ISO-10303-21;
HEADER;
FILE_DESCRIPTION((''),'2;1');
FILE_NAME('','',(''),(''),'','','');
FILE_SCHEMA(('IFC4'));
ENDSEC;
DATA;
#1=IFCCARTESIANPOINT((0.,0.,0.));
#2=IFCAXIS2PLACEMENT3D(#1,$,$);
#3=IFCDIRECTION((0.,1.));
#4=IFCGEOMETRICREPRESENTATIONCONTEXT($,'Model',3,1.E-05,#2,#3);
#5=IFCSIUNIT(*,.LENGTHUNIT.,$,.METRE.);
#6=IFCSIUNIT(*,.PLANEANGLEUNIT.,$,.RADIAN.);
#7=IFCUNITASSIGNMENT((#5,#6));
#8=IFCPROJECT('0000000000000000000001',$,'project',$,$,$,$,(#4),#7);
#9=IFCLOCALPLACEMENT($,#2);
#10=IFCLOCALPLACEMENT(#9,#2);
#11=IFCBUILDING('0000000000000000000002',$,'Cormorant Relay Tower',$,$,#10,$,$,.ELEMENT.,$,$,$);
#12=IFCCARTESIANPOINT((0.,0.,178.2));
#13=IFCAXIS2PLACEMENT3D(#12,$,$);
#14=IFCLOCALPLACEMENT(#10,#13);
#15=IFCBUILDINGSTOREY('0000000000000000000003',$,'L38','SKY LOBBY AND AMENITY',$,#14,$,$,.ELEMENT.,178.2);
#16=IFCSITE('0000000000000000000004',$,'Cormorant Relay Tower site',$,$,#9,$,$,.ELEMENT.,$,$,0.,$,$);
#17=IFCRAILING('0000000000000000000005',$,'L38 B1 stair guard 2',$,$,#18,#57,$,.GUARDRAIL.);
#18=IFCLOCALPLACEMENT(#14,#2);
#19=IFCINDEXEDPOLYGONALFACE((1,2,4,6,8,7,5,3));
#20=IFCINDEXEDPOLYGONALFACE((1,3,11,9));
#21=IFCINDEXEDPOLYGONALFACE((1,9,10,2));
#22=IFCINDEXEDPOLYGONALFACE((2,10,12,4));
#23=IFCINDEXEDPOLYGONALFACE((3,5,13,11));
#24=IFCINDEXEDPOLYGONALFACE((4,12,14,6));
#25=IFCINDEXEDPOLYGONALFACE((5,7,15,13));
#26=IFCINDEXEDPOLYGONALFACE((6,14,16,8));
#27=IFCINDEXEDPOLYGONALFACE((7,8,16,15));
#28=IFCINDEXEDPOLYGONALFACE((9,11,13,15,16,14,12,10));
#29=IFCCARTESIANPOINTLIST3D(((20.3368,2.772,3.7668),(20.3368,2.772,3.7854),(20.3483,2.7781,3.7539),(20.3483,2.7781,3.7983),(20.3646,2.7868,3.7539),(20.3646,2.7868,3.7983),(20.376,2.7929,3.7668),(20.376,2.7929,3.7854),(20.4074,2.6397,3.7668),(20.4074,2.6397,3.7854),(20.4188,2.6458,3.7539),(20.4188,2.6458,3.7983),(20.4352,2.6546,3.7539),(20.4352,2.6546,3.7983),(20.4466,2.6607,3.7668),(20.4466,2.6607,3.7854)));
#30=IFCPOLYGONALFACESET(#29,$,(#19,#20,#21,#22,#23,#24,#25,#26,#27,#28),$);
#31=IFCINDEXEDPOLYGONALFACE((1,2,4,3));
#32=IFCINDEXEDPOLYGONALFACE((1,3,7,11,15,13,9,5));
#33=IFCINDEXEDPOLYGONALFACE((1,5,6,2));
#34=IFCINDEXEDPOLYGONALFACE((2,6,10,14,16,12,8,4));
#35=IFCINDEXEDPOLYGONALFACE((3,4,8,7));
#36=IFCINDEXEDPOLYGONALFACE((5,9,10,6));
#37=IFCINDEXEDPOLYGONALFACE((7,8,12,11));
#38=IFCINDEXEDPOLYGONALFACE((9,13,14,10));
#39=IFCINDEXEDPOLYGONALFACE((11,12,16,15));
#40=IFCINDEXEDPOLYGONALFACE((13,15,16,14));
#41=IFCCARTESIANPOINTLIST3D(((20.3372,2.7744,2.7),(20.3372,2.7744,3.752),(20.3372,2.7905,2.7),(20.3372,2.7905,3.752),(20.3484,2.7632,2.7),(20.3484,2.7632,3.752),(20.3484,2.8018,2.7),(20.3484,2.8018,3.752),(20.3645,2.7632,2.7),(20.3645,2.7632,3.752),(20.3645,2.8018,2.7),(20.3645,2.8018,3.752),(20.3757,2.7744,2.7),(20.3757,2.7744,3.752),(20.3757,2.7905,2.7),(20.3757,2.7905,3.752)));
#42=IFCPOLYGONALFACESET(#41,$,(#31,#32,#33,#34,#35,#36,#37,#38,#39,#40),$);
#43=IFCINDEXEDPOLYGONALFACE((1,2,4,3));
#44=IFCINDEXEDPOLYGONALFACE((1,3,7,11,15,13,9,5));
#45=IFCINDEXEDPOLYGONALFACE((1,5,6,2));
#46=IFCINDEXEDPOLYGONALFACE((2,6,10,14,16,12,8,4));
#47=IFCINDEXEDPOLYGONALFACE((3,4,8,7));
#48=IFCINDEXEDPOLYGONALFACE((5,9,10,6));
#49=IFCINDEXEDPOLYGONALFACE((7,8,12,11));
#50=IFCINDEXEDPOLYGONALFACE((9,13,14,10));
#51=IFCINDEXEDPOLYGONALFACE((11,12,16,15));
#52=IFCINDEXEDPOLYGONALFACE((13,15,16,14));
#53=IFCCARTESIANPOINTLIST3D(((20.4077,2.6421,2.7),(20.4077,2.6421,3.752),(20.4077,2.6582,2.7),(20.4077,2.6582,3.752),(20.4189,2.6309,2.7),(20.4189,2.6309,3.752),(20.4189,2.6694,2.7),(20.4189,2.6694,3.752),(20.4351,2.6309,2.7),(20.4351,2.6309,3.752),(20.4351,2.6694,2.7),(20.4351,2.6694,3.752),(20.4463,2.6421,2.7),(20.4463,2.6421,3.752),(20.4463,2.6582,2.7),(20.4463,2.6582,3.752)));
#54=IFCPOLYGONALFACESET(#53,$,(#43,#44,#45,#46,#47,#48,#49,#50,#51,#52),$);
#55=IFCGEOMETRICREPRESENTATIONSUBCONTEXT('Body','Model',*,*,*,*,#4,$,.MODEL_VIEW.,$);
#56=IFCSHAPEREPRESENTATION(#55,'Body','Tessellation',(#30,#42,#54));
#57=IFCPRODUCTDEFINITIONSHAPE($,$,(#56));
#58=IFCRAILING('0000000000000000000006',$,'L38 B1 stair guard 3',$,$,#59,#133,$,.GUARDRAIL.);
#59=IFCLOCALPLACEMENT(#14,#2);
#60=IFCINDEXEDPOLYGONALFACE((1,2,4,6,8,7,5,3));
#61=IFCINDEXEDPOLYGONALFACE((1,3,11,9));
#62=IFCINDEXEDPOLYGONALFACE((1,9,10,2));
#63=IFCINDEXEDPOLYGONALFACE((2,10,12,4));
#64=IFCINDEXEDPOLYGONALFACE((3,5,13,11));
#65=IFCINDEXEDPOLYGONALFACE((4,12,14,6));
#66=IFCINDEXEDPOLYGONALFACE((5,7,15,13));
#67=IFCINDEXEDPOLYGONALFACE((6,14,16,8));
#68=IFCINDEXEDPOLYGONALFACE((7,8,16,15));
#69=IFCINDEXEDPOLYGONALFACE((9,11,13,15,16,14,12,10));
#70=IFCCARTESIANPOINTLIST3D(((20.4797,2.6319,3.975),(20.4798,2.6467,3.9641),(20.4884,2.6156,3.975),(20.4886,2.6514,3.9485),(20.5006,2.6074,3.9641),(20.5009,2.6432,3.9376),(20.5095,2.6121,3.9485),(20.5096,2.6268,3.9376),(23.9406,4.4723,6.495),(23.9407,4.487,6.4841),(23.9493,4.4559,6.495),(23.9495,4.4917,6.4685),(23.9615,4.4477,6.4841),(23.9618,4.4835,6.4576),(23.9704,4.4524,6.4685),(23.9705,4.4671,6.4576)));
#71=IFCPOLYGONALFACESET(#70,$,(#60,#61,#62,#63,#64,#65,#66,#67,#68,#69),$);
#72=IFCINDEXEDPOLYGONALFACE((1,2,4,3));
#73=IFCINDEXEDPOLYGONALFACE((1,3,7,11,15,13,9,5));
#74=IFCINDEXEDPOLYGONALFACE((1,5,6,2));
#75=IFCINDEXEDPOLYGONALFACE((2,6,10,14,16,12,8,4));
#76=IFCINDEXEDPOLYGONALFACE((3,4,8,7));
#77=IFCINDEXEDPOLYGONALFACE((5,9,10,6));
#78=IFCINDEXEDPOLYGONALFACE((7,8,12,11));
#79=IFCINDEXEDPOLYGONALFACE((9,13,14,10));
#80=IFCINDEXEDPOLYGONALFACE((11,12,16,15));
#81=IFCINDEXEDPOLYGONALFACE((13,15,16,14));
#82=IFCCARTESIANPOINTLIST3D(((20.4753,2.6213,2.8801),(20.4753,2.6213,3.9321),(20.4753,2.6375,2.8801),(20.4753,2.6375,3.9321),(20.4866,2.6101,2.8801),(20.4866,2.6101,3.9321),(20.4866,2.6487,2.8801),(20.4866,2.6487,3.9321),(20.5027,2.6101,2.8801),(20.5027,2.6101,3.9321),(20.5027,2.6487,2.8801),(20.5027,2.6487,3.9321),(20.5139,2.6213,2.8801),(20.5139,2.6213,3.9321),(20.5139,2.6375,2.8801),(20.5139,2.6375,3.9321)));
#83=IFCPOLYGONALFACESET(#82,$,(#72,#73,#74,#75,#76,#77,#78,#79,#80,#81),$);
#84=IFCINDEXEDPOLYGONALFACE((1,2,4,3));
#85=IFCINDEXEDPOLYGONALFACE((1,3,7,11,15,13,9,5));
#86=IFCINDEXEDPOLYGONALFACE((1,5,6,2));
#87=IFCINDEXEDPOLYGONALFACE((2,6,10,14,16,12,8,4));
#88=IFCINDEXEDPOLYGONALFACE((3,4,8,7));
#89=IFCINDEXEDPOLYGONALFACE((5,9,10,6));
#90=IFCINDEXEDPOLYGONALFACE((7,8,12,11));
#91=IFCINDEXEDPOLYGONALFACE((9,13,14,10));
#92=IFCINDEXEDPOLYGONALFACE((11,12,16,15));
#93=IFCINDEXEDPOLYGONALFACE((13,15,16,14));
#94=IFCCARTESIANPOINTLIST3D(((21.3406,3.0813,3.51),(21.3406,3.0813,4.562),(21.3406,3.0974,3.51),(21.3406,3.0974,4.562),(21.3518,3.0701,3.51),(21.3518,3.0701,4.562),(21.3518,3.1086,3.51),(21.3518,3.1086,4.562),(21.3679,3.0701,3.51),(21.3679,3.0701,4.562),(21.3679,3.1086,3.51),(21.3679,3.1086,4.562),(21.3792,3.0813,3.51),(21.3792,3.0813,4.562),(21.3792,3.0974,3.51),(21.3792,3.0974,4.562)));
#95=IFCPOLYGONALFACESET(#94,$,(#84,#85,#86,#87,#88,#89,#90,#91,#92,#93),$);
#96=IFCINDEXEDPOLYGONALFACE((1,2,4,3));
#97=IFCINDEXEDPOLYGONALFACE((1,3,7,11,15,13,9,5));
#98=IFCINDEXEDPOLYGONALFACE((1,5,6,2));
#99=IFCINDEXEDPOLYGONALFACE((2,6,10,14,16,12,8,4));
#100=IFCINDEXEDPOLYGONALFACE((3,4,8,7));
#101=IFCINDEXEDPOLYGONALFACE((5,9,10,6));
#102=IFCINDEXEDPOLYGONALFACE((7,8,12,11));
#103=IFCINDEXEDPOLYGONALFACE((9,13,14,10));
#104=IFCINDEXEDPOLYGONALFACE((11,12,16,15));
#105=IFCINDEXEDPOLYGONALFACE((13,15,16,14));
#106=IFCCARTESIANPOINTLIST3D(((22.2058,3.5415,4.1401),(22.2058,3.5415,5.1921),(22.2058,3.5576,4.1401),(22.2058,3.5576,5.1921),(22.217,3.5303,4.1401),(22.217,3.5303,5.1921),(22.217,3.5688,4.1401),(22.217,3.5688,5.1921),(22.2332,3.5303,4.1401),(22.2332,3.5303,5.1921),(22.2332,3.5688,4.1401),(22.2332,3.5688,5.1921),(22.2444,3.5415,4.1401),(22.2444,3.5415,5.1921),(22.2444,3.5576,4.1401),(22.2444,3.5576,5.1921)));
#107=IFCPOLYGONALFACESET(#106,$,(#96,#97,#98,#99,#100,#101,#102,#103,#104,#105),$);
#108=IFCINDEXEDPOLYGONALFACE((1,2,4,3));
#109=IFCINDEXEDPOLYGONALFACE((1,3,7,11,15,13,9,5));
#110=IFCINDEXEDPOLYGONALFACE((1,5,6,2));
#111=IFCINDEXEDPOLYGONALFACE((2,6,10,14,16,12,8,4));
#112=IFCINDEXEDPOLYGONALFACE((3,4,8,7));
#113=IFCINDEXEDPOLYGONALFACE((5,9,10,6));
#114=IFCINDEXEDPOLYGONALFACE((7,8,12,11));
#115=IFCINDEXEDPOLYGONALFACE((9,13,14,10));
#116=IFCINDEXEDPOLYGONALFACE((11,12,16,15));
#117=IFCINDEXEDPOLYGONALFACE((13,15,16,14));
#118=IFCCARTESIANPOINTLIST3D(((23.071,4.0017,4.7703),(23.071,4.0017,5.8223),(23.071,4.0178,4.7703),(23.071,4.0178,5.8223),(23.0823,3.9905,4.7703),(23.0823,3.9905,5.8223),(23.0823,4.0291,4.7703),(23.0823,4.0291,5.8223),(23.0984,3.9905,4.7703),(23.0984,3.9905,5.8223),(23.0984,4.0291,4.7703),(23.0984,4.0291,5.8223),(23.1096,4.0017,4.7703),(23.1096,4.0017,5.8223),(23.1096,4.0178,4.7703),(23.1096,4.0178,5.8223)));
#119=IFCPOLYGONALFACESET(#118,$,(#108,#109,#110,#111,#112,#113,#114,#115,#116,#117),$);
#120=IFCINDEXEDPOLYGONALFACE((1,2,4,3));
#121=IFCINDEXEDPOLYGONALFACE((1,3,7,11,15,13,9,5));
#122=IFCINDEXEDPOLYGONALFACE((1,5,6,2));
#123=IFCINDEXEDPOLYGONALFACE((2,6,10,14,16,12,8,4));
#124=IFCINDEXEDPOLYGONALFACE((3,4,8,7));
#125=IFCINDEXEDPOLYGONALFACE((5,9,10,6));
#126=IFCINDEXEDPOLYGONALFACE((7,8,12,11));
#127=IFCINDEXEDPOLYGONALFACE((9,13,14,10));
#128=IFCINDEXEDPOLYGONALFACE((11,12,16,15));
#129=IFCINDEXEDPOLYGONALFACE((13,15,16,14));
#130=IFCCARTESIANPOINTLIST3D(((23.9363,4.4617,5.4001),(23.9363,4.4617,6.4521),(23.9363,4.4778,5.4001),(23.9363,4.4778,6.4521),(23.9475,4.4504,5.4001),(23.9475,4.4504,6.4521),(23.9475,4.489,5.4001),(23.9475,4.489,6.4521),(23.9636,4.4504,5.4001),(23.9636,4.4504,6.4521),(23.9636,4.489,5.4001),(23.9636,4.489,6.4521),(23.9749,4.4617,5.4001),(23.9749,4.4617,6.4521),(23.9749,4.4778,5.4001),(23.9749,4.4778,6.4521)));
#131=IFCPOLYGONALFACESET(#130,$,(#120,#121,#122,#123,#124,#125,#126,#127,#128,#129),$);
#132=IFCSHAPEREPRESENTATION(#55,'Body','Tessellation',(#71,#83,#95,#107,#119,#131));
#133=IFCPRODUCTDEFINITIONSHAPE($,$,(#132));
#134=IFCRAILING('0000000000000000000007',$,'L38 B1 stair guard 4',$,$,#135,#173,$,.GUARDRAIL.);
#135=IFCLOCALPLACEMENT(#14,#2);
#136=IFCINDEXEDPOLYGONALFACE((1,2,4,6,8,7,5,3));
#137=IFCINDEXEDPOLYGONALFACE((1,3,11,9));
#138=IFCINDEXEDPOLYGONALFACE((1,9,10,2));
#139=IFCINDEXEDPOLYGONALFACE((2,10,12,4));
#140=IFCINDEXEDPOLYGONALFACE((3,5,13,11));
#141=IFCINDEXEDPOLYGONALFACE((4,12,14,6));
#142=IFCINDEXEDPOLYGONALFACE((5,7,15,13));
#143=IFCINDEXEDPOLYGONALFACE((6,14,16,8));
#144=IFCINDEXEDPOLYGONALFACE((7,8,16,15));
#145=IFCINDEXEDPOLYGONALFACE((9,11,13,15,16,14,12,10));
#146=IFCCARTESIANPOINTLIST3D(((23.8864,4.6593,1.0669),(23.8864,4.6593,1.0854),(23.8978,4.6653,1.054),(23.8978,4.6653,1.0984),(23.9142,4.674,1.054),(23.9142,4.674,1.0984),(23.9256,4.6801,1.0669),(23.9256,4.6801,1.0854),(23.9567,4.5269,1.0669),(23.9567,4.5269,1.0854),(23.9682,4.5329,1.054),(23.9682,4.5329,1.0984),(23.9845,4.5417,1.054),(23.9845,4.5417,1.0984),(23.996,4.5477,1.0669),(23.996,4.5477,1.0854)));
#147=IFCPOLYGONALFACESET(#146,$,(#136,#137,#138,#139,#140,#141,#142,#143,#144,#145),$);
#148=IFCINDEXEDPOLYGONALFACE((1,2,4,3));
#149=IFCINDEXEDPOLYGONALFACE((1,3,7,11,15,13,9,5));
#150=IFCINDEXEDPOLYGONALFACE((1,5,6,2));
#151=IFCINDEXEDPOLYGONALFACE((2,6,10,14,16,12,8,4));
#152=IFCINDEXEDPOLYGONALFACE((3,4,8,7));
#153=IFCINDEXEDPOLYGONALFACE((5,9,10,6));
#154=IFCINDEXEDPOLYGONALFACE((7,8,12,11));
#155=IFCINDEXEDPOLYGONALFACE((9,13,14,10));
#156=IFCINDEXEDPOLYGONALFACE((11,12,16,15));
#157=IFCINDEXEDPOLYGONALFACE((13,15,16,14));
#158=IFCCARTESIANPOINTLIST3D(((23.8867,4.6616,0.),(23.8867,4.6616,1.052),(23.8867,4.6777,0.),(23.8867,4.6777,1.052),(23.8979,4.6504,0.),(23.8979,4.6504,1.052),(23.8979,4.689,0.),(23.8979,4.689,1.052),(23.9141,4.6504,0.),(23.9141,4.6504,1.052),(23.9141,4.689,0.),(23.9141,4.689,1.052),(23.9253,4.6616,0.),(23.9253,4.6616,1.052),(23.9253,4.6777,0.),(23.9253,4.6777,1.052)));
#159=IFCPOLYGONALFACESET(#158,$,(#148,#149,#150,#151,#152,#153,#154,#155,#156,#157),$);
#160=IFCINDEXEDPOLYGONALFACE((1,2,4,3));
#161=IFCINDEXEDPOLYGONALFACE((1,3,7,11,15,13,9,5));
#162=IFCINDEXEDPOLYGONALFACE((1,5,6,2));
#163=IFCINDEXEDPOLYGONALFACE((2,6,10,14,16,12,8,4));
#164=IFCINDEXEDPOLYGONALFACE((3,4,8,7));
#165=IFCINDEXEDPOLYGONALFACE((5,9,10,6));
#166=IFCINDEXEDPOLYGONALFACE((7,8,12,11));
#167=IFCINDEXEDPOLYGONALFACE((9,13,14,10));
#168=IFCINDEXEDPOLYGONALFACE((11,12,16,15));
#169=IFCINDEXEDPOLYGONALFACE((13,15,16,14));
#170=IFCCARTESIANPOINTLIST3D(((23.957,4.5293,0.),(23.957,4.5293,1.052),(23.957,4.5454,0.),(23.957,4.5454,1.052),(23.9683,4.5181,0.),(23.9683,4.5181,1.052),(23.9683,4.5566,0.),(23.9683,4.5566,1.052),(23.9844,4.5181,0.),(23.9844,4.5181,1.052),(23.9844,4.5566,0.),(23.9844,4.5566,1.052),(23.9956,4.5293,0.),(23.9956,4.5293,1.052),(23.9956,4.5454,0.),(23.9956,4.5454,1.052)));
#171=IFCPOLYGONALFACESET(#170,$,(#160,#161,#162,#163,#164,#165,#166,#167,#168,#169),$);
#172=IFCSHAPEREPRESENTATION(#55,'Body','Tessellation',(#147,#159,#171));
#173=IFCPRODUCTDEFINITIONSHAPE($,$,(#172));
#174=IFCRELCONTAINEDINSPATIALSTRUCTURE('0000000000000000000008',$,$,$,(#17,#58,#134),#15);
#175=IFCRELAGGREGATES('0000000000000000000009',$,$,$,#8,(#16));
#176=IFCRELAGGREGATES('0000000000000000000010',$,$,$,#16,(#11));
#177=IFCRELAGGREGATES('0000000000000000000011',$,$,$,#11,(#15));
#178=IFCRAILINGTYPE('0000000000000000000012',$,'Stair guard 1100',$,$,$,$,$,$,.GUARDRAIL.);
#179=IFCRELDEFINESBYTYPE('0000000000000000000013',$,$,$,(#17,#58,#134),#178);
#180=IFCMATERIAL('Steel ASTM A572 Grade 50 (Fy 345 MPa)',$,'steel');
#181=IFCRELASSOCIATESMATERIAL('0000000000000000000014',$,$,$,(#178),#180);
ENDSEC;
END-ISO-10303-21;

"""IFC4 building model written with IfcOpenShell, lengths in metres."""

from ifc_helpers import new_model, si_unit, direction, frame, origin, place, context, subcontext, project, spatial, polyline, outline, extrude, material, type_object, element, save


model = new_model("IFC4")

# Units and contexts
model_context = context("Model", 3, precision=1e-05, world=origin(), true_north=direction((0.0, 1.0)))
body_context = subcontext(model_context, "Body", "Model", "MODEL_VIEW")
ifc_project = project(units=[si_unit("LENGTHUNIT", "METRE"), si_unit("PLANEANGLEUNIT", "RADIAN")], contexts=[model_context])

# Site, building, storey
site_placement = place(None, origin())
site = spatial("IfcSite", under=ifc_project, at=site_placement, Name="Cormorant Relay Tower site", CompositionType="ELEMENT", RefElevation=0.0)
building_placement = place(site_placement, origin())
building = spatial("IfcBuilding", under=site, at=building_placement, Name="Cormorant Relay Tower", CompositionType="ELEMENT")
storey_placement = place(building_placement, frame((0.0, 0.0, 178.2)))
storey = spatial("IfcBuildingStorey", under=building, at=storey_placement, Name="L38", Description="SKY LOBBY AND AMENITY", CompositionType="ELEMENT", Elevation=178.2)

# Railings
ifc_material_1 = material(Name="Steel ASTM A572 Grade 50 (Fy 345 MPa)", Category="steel")
railing_type_1 = type_object("IfcRailingType", Name="Stair guard 1100", PredefinedType="GUARDRAIL", material=ifc_material_1)
railing_1_placement = place(storey_placement, frame((20.3564, 2.7825, 2.7)))
element("IfcRailing", 1, at=railing_1_placement, inside=storey, type_object=railing_type_1, Name="L38 B1 stair guard 2", PredefinedType="GUARDRAIL", context=body_context, shape_type="SweptSolid", body=[
    extrude(outline(polyline([(0.0222, 0.0093), (0.0093, 0.0222), (-0.0093, 0.0222), (-0.0222, 0.0093), (-0.0222, -0.0093), (-0.0093, -0.0222), (0.0093, -0.0222), (0.0222, -0.0093), (0.0222, 0.0093)])), frame((0.0, 0.0, 1.0762), z_axis=(0.470504, -0.882398, 0.0), x_axis=(0.882398, 0.470504, 0.0)), (0.0, 0.0, 1.0), 0.1499),
    extrude(outline(polyline([(0.0193, 0.0081), (0.0081, 0.0193), (-0.0081, 0.0193), (-0.0193, 0.0081), (-0.0193, -0.0081), (-0.0081, -0.0193), (0.0081, -0.0193), (0.0193, -0.0081), (0.0193, 0.0081)])), origin(), (0.0, 0.0, 1.0), 1.052),
    extrude(outline(polyline([(0.0193, 0.0081), (0.0081, 0.0193), (-0.0081, 0.0193), (-0.0193, 0.0081), (-0.0193, -0.0081), (-0.0081, -0.0193), (0.0081, -0.0193), (0.0193, -0.0081), (0.0193, 0.0081)])), frame((0.0706, -0.1323, 0.0)), (0.0, 0.0, 1.0), 1.052),
])
railing_2_placement = place(storey_placement, frame((20.4946, 2.6294, 2.8801)))
element("IfcRailing", 2, at=railing_2_placement, inside=storey, type_object=railing_type_1, Name="L38 B1 stair guard 3", PredefinedType="GUARDRAIL", context=body_context, shape_type="SweptSolid", body=[
    extrude(outline(polyline([(0.0222, 0.0093), (0.0093, 0.0222), (-0.0093, 0.0222), (-0.0222, 0.0093), (-0.0222, -0.0093), (-0.0093, -0.0222), (0.0093, -0.0222), (0.0222, -0.0093), (0.0222, 0.0093)])), frame((0.0, 0.0, 1.0762), z_axis=(0.742694, 0.394923, 0.540779), x_axis=(-0.469495, 0.882935, 0.0)), (0.0, 0.0, 1.0), 4.6599),
    extrude(outline(polyline([(0.0193, 0.0081), (0.0081, 0.0193), (-0.0081, 0.0193), (-0.0193, 0.0081), (-0.0193, -0.0081), (-0.0081, -0.0193), (0.0081, -0.0193), (0.0193, -0.0081), (0.0193, 0.0081)])), origin(), (0.0, 0.0, 1.0), 1.052),
    extrude(outline(polyline([(0.0193, 0.0081), (0.0081, 0.0193), (-0.0081, 0.0193), (-0.0193, 0.0081), (-0.0193, -0.0081), (-0.0081, -0.0193), (0.0081, -0.0193), (0.0193, -0.0081), (0.0193, 0.0081)])), frame((0.8652, 0.46, 0.6299)), (0.0, 0.0, 1.0), 1.052),
    extrude(outline(polyline([(0.0193, 0.0081), (0.0081, 0.0193), (-0.0081, 0.0193), (-0.0193, 0.0081), (-0.0193, -0.0081), (-0.0081, -0.0193), (0.0081, -0.0193), (0.0193, -0.0081), (0.0193, 0.0081)])), frame((1.7305, 0.9202, 1.26)), (0.0, 0.0, 1.0), 1.052),
    extrude(outline(polyline([(0.0193, 0.0081), (0.0081, 0.0193), (-0.0081, 0.0193), (-0.0193, 0.0081), (-0.0193, -0.0081), (-0.0081, -0.0193), (0.0081, -0.0193), (0.0193, -0.0081), (0.0193, 0.0081)])), frame((2.5957, 1.3804, 1.8901)), (0.0, 0.0, 1.0), 1.052),
    extrude(outline(polyline([(0.0193, 0.0081), (0.0081, 0.0193), (-0.0081, 0.0193), (-0.0193, 0.0081), (-0.0193, -0.0081), (-0.0081, -0.0193), (0.0081, -0.0193), (0.0193, -0.0081), (0.0193, 0.0081)])), frame((3.4609, 1.8403, 2.52)), (0.0, 0.0, 1.0), 1.052),
])
railing_3_placement = place(storey_placement, frame((23.906, 4.6697, 0.0)))
element("IfcRailing", 3, at=railing_3_placement, inside=storey, type_object=railing_type_1, Name="L38 B1 stair guard 4", PredefinedType="GUARDRAIL", context=body_context, shape_type="SweptSolid", body=[
    extrude(outline(polyline([(0.0222, 0.0093), (0.0093, 0.0222), (-0.0093, 0.0222), (-0.0222, 0.0093), (-0.0222, -0.0093), (-0.0093, -0.0222), (0.0093, -0.0222), (0.0222, -0.0093), (0.0222, 0.0093)])), frame((0.0, 0.0, 1.0762), z_axis=(0.469235, -0.883074, 0.0), x_axis=(0.883074, 0.469235, 0.0)), (0.0, 0.0, 1.0), 0.1499),
    extrude(outline(polyline([(0.0193, 0.0081), (0.0081, 0.0193), (-0.0081, 0.0193), (-0.0193, 0.0081), (-0.0193, -0.0081), (-0.0081, -0.0193), (0.0081, -0.0193), (0.0193, -0.0081), (0.0193, 0.0081)])), origin(), (0.0, 0.0, 1.0), 1.052),
    extrude(outline(polyline([(0.0193, 0.0081), (0.0081, 0.0193), (-0.0081, 0.0193), (-0.0193, 0.0081), (-0.0193, -0.0081), (-0.0081, -0.0193), (0.0081, -0.0193), (0.0193, -0.0081), (0.0193, 0.0081)])), frame((0.0703, -0.1323, 0.0)), (0.0, 0.0, 1.0), 1.052),
])

save(model, "model.ifc")
